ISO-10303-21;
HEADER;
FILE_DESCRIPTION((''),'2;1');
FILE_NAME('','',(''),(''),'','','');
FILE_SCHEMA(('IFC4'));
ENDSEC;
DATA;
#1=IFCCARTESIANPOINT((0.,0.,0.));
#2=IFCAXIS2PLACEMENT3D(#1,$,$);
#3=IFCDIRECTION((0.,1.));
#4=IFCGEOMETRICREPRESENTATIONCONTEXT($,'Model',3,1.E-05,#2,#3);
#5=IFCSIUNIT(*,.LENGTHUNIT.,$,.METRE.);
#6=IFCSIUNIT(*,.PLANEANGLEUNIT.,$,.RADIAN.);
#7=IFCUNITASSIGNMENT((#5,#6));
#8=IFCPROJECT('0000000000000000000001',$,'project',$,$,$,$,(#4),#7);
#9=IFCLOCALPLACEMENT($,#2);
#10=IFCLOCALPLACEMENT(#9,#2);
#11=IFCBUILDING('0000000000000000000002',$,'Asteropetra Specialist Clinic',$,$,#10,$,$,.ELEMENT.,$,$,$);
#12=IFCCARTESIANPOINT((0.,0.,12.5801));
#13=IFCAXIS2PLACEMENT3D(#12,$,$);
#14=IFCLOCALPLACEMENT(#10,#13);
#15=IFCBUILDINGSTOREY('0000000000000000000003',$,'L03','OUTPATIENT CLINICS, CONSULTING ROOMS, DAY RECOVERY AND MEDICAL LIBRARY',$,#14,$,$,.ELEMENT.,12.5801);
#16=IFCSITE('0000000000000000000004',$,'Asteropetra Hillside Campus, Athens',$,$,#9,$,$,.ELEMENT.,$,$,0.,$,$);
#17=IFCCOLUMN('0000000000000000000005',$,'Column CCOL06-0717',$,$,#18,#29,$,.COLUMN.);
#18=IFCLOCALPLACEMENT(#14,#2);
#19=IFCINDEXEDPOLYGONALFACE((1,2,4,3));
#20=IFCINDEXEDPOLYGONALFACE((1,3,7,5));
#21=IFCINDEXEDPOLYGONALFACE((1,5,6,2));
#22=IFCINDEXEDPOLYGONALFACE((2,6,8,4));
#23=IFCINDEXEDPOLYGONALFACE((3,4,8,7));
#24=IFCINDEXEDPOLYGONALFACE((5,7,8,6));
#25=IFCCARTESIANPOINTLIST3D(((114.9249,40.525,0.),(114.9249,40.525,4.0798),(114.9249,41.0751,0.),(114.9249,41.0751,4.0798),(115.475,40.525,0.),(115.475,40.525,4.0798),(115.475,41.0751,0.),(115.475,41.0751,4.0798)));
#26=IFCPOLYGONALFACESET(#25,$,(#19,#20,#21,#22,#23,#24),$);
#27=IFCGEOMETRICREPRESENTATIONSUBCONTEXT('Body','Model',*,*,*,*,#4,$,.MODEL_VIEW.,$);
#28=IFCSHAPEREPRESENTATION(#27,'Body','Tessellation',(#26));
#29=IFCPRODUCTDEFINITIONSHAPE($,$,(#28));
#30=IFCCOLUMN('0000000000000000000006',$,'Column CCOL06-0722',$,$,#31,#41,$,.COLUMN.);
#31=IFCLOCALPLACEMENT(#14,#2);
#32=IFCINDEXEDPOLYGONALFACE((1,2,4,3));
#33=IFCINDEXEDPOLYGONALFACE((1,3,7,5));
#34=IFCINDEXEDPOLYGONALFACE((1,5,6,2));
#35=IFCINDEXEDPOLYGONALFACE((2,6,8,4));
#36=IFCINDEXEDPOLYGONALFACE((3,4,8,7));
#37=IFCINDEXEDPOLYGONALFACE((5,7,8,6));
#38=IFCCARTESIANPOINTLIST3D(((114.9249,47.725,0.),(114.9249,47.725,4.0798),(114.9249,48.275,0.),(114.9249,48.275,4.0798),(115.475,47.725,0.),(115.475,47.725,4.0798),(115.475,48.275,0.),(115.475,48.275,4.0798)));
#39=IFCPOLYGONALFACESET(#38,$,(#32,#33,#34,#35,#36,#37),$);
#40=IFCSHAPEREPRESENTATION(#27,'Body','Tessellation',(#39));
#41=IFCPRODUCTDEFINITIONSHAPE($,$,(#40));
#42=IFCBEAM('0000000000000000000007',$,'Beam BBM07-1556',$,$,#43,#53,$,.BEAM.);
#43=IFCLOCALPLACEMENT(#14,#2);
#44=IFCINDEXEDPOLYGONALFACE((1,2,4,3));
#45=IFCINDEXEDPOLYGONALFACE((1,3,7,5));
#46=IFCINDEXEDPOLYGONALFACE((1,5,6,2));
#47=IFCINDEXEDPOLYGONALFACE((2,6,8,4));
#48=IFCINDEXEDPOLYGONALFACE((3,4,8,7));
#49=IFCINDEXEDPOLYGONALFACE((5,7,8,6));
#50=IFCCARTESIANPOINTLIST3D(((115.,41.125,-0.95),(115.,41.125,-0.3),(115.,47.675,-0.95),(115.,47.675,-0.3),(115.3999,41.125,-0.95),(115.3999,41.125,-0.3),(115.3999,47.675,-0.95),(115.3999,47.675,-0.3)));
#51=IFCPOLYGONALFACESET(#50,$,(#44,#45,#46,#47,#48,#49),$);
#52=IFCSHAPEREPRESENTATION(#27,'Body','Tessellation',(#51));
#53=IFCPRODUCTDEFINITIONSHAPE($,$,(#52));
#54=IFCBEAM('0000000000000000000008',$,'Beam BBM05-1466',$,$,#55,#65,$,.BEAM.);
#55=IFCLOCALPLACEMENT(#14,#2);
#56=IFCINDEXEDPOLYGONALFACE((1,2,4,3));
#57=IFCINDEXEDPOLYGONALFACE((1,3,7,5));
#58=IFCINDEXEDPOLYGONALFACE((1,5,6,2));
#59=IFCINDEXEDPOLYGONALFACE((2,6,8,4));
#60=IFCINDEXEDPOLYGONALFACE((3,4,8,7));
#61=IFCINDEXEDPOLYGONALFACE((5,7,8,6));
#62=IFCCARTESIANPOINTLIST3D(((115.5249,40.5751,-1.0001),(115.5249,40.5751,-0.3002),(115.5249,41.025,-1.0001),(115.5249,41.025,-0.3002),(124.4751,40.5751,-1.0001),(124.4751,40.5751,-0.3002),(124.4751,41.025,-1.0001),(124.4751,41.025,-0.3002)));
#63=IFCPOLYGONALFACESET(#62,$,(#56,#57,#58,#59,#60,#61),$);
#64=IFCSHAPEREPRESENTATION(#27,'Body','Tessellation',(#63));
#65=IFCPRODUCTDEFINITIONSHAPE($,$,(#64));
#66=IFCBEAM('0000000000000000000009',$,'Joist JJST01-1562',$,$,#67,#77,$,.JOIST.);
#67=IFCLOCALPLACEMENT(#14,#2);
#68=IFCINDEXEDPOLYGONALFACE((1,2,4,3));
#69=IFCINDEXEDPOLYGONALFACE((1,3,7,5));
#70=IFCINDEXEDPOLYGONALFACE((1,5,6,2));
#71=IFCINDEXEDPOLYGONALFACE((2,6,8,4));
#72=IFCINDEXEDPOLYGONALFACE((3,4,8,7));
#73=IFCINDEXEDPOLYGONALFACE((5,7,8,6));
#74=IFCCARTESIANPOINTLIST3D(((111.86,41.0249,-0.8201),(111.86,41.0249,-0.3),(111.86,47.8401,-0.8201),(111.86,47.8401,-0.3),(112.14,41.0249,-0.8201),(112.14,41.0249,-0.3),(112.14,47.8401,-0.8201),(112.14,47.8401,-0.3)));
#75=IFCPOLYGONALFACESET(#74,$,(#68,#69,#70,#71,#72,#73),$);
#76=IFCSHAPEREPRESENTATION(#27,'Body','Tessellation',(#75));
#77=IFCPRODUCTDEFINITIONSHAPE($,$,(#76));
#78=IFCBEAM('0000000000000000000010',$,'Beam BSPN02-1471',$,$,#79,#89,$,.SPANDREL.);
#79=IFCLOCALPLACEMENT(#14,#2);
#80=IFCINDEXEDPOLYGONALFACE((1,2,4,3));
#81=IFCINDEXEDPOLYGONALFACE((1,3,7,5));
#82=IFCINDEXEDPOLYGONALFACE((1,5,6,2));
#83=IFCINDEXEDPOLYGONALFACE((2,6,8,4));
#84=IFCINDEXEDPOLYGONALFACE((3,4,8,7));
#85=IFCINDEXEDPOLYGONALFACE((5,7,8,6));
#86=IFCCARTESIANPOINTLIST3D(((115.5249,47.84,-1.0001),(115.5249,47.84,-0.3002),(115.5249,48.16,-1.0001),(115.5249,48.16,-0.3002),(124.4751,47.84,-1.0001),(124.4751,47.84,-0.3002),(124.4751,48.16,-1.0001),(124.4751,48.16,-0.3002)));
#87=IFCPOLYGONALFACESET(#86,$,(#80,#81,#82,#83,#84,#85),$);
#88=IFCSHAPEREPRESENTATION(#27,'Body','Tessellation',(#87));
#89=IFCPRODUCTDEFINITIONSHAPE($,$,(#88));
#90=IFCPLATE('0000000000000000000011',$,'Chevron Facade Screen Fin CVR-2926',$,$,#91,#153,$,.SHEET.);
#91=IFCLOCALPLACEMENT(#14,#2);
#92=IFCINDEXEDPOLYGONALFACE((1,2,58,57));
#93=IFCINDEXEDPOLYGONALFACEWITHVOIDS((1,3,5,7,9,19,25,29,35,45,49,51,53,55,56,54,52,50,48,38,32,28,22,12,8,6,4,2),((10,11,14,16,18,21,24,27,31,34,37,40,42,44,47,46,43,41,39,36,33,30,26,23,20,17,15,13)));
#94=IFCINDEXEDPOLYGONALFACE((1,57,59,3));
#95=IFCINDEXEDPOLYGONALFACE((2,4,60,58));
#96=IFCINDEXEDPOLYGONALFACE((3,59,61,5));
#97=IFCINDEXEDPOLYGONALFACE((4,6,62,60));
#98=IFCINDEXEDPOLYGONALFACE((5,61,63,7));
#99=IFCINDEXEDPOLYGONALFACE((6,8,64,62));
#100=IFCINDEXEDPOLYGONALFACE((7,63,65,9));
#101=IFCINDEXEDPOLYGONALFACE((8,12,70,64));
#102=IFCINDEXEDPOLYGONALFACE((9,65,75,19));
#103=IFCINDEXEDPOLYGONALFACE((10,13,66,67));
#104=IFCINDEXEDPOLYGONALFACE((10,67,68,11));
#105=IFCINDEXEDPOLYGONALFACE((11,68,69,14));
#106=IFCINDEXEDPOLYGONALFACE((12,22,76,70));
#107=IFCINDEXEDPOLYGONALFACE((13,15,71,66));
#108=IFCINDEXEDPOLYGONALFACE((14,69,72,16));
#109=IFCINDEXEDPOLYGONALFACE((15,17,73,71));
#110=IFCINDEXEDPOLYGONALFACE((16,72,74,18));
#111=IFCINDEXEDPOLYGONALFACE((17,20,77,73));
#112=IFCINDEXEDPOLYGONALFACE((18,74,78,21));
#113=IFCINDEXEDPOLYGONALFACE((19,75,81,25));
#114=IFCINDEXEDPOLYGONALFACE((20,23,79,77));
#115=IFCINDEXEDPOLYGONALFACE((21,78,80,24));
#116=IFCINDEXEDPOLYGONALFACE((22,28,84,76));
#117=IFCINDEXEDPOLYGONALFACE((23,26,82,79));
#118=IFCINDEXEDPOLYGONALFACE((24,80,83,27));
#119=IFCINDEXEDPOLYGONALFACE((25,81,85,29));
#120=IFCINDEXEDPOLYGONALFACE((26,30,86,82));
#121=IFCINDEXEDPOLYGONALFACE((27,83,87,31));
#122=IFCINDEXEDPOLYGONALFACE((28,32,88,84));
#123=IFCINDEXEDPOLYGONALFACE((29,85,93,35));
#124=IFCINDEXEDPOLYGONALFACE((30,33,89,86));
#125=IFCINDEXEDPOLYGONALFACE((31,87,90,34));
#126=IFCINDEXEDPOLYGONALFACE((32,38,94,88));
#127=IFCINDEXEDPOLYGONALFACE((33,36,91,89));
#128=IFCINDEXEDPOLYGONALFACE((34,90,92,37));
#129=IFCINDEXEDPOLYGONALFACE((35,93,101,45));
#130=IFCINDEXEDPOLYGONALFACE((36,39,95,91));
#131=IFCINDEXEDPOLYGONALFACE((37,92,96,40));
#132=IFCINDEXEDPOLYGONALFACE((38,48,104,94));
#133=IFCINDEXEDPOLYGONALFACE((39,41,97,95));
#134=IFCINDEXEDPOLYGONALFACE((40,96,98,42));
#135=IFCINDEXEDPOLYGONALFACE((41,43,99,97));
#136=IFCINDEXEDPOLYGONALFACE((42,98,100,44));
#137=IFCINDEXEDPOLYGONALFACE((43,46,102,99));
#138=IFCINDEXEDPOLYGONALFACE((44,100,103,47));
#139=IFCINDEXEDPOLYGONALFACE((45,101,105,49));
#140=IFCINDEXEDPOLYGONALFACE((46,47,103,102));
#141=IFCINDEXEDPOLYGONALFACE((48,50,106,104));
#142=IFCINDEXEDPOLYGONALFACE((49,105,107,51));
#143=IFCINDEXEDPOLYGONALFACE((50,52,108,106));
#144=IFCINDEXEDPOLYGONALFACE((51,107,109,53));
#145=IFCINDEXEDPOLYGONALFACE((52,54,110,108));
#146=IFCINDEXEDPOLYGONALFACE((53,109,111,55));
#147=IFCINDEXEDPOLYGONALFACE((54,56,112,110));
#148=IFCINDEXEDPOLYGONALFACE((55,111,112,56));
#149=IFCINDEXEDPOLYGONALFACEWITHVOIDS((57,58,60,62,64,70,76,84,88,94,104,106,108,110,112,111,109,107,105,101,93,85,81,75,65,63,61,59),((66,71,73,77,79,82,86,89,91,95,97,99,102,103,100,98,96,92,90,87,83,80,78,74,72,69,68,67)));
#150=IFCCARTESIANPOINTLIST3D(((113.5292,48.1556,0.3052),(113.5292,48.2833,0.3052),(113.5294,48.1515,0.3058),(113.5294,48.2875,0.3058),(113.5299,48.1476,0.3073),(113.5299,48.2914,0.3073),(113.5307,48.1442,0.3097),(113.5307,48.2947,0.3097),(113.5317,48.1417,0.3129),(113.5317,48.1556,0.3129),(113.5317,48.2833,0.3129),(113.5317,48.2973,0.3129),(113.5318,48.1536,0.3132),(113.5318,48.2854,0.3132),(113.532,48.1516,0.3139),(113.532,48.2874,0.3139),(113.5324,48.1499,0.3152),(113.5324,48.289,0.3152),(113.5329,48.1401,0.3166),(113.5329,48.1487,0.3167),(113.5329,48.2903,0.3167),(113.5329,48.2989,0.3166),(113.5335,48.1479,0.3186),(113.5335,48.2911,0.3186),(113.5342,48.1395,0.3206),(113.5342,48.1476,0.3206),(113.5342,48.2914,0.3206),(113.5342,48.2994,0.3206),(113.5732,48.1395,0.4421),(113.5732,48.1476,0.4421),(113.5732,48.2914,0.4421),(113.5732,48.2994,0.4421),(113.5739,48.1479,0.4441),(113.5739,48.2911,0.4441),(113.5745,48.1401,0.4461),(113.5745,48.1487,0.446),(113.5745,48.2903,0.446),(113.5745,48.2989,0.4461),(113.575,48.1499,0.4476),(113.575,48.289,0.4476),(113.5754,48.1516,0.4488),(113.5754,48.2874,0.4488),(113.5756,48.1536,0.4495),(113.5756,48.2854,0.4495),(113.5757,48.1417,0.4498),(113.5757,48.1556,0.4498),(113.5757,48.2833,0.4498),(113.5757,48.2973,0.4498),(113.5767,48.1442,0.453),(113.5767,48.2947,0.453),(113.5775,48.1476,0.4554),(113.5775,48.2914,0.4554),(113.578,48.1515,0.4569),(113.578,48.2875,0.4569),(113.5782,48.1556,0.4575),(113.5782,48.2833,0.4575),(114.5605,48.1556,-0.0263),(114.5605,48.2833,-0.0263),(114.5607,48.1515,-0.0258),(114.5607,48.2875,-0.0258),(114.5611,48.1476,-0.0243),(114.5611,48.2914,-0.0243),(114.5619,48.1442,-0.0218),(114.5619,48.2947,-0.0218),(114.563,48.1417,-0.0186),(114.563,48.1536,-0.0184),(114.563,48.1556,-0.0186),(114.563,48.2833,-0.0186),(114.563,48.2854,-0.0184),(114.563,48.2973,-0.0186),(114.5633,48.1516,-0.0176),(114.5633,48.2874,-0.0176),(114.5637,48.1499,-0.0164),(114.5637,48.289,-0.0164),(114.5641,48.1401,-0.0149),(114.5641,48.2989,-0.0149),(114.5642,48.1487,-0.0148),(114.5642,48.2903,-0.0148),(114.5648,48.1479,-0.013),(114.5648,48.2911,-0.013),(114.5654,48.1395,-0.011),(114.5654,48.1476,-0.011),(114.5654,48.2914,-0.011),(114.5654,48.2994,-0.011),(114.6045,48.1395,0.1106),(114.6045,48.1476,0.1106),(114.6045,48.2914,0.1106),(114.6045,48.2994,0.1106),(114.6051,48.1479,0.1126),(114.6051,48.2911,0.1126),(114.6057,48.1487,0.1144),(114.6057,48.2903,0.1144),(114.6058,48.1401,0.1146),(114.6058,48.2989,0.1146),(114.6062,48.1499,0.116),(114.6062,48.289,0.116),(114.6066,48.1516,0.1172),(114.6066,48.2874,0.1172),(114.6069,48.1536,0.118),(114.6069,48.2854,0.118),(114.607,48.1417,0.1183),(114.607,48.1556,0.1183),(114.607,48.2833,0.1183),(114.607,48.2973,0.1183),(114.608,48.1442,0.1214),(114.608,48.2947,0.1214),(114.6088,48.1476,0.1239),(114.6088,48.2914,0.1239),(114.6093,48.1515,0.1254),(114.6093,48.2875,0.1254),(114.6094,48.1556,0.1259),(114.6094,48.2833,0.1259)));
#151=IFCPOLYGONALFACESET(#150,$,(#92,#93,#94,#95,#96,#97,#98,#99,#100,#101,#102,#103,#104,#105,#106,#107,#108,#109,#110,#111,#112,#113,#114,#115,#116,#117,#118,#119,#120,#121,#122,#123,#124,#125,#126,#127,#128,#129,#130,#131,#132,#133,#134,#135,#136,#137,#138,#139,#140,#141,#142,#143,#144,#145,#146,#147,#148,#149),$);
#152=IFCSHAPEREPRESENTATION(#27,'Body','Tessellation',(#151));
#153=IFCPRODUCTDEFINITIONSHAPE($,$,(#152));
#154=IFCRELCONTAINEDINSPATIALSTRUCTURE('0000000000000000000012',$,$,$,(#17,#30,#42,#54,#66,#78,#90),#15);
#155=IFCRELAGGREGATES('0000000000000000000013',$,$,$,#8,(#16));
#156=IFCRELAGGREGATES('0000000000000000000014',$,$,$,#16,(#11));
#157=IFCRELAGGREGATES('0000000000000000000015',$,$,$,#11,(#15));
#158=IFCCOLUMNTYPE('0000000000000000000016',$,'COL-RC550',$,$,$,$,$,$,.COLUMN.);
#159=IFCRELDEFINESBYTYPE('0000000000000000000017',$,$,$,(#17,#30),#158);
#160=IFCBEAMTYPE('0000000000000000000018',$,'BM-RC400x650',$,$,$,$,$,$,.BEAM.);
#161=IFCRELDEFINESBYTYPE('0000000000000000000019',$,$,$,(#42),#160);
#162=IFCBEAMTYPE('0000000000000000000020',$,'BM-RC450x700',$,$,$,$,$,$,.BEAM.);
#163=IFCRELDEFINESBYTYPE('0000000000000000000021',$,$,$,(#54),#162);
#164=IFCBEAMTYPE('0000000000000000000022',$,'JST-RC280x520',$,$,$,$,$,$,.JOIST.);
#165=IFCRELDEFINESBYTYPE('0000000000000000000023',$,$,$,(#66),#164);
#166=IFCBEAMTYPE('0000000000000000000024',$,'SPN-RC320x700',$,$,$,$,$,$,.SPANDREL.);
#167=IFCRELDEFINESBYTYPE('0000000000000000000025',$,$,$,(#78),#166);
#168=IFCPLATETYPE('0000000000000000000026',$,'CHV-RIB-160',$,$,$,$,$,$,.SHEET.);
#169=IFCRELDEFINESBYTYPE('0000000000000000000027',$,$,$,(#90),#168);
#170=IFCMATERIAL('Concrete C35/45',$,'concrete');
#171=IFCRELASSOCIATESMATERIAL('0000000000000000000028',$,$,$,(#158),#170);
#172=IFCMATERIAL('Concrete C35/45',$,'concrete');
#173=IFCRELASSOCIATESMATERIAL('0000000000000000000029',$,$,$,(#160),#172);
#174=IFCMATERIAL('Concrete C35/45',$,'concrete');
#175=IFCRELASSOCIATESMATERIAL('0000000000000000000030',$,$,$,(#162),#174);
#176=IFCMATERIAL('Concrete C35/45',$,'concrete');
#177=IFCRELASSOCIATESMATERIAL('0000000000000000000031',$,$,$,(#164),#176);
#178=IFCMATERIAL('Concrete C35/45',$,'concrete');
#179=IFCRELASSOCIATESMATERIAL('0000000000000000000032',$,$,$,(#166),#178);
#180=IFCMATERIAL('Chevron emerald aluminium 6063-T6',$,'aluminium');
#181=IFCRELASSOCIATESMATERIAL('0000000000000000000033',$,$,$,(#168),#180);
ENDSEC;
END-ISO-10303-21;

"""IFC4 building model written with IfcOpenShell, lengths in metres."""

from ifc_helpers import new_model, si_unit, direction, frame, origin, origin_2d, place, context, subcontext, project, spatial, rectangle, hollow_rectangle, extrude, material, material_profile, profile_set, type_object, element, save


model = new_model("IFC4")

# Units and contexts
model_context = context("Model", 3, precision=1e-05, world=origin(), true_north=direction((0.0, 1.0)))
body_context = subcontext(model_context, "Body", "Model", "MODEL_VIEW")
ifc_project = project(units=[si_unit("LENGTHUNIT", "METRE"), si_unit("PLANEANGLEUNIT", "RADIAN")], contexts=[model_context])

# Site, building, storey
site_placement = place(None, origin())
site = spatial("IfcSite", under=ifc_project, at=site_placement, Name="Asteropetra Hillside Campus, Athens", CompositionType="ELEMENT", RefElevation=0.0)
building_placement = place(site_placement, origin())
building = spatial("IfcBuilding", under=site, at=building_placement, Name="Asteropetra Specialist Clinic", CompositionType="ELEMENT")
storey_placement = place(building_placement, frame((0.0, 0.0, 12.5801)))
storey = spatial("IfcBuildingStorey", under=building, at=storey_placement, Name="L03", Description="OUTPATIENT CLINICS, CONSULTING ROOMS, DAY RECOVERY AND MEDICAL LIBRARY", CompositionType="ELEMENT", Elevation=12.5801)

# Columns
ifc_material_1 = material(Name="Concrete C35/45", Category="concrete")
ifc_material_profile_1 = material_profile(ifc_material_1, rectangle(XDim=0.55, YDim=0.55, at=origin_2d()), Name="RC 550x550")
ifc_profile_set_1 = profile_set([ifc_material_profile_1], Name="Concrete C35/45")
column_type = type_object("IfcColumnType", Name="COL-RC550", PredefinedType="COLUMN", material=ifc_profile_set_1)
for number, where, z_axis, x_axis, name in (
    (1, (115.2, 40.8, 0.0), (0.0, 0.0, 1.0), (1.0, 0.0, 0.0), "Column CCOL06-0717"),
    (2, (115.2, 48.0, 0.0), (0.0, 0.0, 1.0), (1.0, 0.0, 0.0), "Column CCOL06-0722"),
):
    element("IfcColumn", number, at=place(storey_placement, frame(where, z_axis=z_axis, x_axis=x_axis)), inside=storey, type_object=column_type, Name=name, PredefinedType="COLUMN", context=body_context, shape_type="SweptSolid", body=[
        extrude(rectangle(XDim=0.55, YDim=0.55, at=origin_2d()), origin(), (0.0, 0.0, 1.0), 4.0798),
    ])

# Beams
ifc_material_2 = material(Name="Concrete C35/45", Category="concrete")
ifc_material_profile_2 = material_profile(ifc_material_2, rectangle(XDim=0.3999, YDim=0.6499, at=origin_2d()), Name="RCB 400x650")
ifc_profile_set_2 = profile_set([ifc_material_profile_2], Name="Concrete C35/45")
beam_type_1 = type_object("IfcBeamType", Name="BM-RC400x650", PredefinedType="BEAM", material=ifc_profile_set_2)
beam_1_placement = place(storey_placement, frame((115.2, 41.125, -0.625), z_axis=(0.0, 1.0, 0.0), x_axis=(-1.0, 0.0, 0.0)))
element("IfcBeam", 3, at=beam_1_placement, inside=storey, type_object=beam_type_1, Name="Beam BBM07-1556", PredefinedType="BEAM", context=body_context, shape_type="SweptSolid", body=[
    extrude(rectangle(XDim=0.3999, YDim=0.6499, at=origin_2d()), origin(), (0.0, 0.0, 1.0), 6.55),
])
ifc_material_3 = material(Name="Concrete C35/45", Category="concrete")
ifc_material_profile_3 = material_profile(ifc_material_3, rectangle(XDim=0.45, YDim=0.7, at=origin_2d()), Name="RCB 450x700")
ifc_profile_set_3 = profile_set([ifc_material_profile_3], Name="Concrete C35/45")
beam_type_2 = type_object("IfcBeamType", Name="BM-RC450x700", PredefinedType="BEAM", material=ifc_profile_set_3)
beam_2_placement = place(storey_placement, frame((115.5249, 40.8, -0.6501), z_axis=(1.0, 0.0, 0.0), x_axis=(0.0, 1.0, 0.0)))
element("IfcBeam", 4, at=beam_2_placement, inside=storey, type_object=beam_type_2, Name="Beam BBM05-1466", PredefinedType="BEAM", context=body_context, shape_type="SweptSolid", body=[
    extrude(rectangle(XDim=0.45, YDim=0.7, at=origin_2d()), origin(), (0.0, 0.0, 1.0), 8.9502),
])
ifc_material_4 = material(Name="Concrete C35/45", Category="concrete")
ifc_material_profile_4 = material_profile(ifc_material_4, rectangle(XDim=0.28, YDim=0.52, at=origin_2d()), Name="RCJ 280x520")
ifc_profile_set_4 = profile_set([ifc_material_profile_4], Name="Concrete C35/45")
beam_type_3 = type_object("IfcBeamType", Name="JST-RC280x520", PredefinedType="JOIST", material=ifc_profile_set_4)
beam_3_placement = place(storey_placement, frame((112.0, 41.0249, -0.5601), z_axis=(0.0, 1.0, 0.0), x_axis=(-1.0, 0.0, 0.0)))
element("IfcBeam", 5, at=beam_3_placement, inside=storey, type_object=beam_type_3, Name="Joist JJST01-1562", PredefinedType="JOIST", context=body_context, shape_type="SweptSolid", body=[
    extrude(rectangle(XDim=0.28, YDim=0.52, at=origin_2d()), origin(), (0.0, 0.0, 1.0), 6.8152),
])
ifc_material_5 = material(Name="Concrete C35/45", Category="concrete")
ifc_material_profile_5 = material_profile(ifc_material_5, rectangle(XDim=0.3201, YDim=0.7, at=origin_2d()), Name="RCS 320x700")
ifc_profile_set_5 = profile_set([ifc_material_profile_5], Name="Concrete C35/45")
beam_type_4 = type_object("IfcBeamType", Name="SPN-RC320x700", PredefinedType="SPANDREL", material=ifc_profile_set_5)
beam_4_placement = place(storey_placement, frame((115.5249, 48.0, -0.6501), z_axis=(1.0, 0.0, 0.0), x_axis=(0.0, 1.0, 0.0)))
element("IfcBeam", 6, at=beam_4_placement, inside=storey, type_object=beam_type_4, Name="Beam BSPN02-1471", PredefinedType="SPANDREL", context=body_context, shape_type="SweptSolid", body=[
    extrude(rectangle(XDim=0.3201, YDim=0.7, at=origin_2d()), origin(), (0.0, 0.0, 1.0), 8.9502),
])

# Plate
ifc_material_6 = material(Name="Chevron emerald aluminium 6063-T6", Category="aluminium")
ifc_material_profile_6 = material_profile(ifc_material_6, hollow_rectangle(XDim=0.1599, YDim=0.1599, WallThickness=0.0081, InnerFilletRadius=0.0081, OuterFilletRadius=0.0161, at=origin_2d()), Name="SHS 160x160x8.0")
ifc_profile_set_6 = profile_set([ifc_material_profile_6], Name="Chevron emerald aluminium 6063-T6")
plate_type = type_object("IfcPlateType", Name="CHV-RIB-160", PredefinedType="SHEET", material=ifc_profile_set_6)
for number, where, z_axis, x_axis, name in (
    (7, (114.585, 48.2195, 0.0498), (-0.95201, 0.0, 0.306068), (0.0, -1.0, 0.0), "Chevron Facade Screen Fin CVR-2926"),
):
    element("IfcPlate", number, at=place(storey_placement, frame(where, z_axis=z_axis, x_axis=x_axis)), inside=storey, type_object=plate_type, Name=name, PredefinedType="SHEET", context=body_context, shape_type="SweptSolid", body=[
        extrude(hollow_rectangle(XDim=0.1599, YDim=0.1599, WallThickness=0.0081, InnerFilletRadius=0.0081, OuterFilletRadius=0.0161, at=origin_2d()), origin(), (0.0, 0.0, 1.0), 1.0833),
    ])

save(model, "model.ifc")
